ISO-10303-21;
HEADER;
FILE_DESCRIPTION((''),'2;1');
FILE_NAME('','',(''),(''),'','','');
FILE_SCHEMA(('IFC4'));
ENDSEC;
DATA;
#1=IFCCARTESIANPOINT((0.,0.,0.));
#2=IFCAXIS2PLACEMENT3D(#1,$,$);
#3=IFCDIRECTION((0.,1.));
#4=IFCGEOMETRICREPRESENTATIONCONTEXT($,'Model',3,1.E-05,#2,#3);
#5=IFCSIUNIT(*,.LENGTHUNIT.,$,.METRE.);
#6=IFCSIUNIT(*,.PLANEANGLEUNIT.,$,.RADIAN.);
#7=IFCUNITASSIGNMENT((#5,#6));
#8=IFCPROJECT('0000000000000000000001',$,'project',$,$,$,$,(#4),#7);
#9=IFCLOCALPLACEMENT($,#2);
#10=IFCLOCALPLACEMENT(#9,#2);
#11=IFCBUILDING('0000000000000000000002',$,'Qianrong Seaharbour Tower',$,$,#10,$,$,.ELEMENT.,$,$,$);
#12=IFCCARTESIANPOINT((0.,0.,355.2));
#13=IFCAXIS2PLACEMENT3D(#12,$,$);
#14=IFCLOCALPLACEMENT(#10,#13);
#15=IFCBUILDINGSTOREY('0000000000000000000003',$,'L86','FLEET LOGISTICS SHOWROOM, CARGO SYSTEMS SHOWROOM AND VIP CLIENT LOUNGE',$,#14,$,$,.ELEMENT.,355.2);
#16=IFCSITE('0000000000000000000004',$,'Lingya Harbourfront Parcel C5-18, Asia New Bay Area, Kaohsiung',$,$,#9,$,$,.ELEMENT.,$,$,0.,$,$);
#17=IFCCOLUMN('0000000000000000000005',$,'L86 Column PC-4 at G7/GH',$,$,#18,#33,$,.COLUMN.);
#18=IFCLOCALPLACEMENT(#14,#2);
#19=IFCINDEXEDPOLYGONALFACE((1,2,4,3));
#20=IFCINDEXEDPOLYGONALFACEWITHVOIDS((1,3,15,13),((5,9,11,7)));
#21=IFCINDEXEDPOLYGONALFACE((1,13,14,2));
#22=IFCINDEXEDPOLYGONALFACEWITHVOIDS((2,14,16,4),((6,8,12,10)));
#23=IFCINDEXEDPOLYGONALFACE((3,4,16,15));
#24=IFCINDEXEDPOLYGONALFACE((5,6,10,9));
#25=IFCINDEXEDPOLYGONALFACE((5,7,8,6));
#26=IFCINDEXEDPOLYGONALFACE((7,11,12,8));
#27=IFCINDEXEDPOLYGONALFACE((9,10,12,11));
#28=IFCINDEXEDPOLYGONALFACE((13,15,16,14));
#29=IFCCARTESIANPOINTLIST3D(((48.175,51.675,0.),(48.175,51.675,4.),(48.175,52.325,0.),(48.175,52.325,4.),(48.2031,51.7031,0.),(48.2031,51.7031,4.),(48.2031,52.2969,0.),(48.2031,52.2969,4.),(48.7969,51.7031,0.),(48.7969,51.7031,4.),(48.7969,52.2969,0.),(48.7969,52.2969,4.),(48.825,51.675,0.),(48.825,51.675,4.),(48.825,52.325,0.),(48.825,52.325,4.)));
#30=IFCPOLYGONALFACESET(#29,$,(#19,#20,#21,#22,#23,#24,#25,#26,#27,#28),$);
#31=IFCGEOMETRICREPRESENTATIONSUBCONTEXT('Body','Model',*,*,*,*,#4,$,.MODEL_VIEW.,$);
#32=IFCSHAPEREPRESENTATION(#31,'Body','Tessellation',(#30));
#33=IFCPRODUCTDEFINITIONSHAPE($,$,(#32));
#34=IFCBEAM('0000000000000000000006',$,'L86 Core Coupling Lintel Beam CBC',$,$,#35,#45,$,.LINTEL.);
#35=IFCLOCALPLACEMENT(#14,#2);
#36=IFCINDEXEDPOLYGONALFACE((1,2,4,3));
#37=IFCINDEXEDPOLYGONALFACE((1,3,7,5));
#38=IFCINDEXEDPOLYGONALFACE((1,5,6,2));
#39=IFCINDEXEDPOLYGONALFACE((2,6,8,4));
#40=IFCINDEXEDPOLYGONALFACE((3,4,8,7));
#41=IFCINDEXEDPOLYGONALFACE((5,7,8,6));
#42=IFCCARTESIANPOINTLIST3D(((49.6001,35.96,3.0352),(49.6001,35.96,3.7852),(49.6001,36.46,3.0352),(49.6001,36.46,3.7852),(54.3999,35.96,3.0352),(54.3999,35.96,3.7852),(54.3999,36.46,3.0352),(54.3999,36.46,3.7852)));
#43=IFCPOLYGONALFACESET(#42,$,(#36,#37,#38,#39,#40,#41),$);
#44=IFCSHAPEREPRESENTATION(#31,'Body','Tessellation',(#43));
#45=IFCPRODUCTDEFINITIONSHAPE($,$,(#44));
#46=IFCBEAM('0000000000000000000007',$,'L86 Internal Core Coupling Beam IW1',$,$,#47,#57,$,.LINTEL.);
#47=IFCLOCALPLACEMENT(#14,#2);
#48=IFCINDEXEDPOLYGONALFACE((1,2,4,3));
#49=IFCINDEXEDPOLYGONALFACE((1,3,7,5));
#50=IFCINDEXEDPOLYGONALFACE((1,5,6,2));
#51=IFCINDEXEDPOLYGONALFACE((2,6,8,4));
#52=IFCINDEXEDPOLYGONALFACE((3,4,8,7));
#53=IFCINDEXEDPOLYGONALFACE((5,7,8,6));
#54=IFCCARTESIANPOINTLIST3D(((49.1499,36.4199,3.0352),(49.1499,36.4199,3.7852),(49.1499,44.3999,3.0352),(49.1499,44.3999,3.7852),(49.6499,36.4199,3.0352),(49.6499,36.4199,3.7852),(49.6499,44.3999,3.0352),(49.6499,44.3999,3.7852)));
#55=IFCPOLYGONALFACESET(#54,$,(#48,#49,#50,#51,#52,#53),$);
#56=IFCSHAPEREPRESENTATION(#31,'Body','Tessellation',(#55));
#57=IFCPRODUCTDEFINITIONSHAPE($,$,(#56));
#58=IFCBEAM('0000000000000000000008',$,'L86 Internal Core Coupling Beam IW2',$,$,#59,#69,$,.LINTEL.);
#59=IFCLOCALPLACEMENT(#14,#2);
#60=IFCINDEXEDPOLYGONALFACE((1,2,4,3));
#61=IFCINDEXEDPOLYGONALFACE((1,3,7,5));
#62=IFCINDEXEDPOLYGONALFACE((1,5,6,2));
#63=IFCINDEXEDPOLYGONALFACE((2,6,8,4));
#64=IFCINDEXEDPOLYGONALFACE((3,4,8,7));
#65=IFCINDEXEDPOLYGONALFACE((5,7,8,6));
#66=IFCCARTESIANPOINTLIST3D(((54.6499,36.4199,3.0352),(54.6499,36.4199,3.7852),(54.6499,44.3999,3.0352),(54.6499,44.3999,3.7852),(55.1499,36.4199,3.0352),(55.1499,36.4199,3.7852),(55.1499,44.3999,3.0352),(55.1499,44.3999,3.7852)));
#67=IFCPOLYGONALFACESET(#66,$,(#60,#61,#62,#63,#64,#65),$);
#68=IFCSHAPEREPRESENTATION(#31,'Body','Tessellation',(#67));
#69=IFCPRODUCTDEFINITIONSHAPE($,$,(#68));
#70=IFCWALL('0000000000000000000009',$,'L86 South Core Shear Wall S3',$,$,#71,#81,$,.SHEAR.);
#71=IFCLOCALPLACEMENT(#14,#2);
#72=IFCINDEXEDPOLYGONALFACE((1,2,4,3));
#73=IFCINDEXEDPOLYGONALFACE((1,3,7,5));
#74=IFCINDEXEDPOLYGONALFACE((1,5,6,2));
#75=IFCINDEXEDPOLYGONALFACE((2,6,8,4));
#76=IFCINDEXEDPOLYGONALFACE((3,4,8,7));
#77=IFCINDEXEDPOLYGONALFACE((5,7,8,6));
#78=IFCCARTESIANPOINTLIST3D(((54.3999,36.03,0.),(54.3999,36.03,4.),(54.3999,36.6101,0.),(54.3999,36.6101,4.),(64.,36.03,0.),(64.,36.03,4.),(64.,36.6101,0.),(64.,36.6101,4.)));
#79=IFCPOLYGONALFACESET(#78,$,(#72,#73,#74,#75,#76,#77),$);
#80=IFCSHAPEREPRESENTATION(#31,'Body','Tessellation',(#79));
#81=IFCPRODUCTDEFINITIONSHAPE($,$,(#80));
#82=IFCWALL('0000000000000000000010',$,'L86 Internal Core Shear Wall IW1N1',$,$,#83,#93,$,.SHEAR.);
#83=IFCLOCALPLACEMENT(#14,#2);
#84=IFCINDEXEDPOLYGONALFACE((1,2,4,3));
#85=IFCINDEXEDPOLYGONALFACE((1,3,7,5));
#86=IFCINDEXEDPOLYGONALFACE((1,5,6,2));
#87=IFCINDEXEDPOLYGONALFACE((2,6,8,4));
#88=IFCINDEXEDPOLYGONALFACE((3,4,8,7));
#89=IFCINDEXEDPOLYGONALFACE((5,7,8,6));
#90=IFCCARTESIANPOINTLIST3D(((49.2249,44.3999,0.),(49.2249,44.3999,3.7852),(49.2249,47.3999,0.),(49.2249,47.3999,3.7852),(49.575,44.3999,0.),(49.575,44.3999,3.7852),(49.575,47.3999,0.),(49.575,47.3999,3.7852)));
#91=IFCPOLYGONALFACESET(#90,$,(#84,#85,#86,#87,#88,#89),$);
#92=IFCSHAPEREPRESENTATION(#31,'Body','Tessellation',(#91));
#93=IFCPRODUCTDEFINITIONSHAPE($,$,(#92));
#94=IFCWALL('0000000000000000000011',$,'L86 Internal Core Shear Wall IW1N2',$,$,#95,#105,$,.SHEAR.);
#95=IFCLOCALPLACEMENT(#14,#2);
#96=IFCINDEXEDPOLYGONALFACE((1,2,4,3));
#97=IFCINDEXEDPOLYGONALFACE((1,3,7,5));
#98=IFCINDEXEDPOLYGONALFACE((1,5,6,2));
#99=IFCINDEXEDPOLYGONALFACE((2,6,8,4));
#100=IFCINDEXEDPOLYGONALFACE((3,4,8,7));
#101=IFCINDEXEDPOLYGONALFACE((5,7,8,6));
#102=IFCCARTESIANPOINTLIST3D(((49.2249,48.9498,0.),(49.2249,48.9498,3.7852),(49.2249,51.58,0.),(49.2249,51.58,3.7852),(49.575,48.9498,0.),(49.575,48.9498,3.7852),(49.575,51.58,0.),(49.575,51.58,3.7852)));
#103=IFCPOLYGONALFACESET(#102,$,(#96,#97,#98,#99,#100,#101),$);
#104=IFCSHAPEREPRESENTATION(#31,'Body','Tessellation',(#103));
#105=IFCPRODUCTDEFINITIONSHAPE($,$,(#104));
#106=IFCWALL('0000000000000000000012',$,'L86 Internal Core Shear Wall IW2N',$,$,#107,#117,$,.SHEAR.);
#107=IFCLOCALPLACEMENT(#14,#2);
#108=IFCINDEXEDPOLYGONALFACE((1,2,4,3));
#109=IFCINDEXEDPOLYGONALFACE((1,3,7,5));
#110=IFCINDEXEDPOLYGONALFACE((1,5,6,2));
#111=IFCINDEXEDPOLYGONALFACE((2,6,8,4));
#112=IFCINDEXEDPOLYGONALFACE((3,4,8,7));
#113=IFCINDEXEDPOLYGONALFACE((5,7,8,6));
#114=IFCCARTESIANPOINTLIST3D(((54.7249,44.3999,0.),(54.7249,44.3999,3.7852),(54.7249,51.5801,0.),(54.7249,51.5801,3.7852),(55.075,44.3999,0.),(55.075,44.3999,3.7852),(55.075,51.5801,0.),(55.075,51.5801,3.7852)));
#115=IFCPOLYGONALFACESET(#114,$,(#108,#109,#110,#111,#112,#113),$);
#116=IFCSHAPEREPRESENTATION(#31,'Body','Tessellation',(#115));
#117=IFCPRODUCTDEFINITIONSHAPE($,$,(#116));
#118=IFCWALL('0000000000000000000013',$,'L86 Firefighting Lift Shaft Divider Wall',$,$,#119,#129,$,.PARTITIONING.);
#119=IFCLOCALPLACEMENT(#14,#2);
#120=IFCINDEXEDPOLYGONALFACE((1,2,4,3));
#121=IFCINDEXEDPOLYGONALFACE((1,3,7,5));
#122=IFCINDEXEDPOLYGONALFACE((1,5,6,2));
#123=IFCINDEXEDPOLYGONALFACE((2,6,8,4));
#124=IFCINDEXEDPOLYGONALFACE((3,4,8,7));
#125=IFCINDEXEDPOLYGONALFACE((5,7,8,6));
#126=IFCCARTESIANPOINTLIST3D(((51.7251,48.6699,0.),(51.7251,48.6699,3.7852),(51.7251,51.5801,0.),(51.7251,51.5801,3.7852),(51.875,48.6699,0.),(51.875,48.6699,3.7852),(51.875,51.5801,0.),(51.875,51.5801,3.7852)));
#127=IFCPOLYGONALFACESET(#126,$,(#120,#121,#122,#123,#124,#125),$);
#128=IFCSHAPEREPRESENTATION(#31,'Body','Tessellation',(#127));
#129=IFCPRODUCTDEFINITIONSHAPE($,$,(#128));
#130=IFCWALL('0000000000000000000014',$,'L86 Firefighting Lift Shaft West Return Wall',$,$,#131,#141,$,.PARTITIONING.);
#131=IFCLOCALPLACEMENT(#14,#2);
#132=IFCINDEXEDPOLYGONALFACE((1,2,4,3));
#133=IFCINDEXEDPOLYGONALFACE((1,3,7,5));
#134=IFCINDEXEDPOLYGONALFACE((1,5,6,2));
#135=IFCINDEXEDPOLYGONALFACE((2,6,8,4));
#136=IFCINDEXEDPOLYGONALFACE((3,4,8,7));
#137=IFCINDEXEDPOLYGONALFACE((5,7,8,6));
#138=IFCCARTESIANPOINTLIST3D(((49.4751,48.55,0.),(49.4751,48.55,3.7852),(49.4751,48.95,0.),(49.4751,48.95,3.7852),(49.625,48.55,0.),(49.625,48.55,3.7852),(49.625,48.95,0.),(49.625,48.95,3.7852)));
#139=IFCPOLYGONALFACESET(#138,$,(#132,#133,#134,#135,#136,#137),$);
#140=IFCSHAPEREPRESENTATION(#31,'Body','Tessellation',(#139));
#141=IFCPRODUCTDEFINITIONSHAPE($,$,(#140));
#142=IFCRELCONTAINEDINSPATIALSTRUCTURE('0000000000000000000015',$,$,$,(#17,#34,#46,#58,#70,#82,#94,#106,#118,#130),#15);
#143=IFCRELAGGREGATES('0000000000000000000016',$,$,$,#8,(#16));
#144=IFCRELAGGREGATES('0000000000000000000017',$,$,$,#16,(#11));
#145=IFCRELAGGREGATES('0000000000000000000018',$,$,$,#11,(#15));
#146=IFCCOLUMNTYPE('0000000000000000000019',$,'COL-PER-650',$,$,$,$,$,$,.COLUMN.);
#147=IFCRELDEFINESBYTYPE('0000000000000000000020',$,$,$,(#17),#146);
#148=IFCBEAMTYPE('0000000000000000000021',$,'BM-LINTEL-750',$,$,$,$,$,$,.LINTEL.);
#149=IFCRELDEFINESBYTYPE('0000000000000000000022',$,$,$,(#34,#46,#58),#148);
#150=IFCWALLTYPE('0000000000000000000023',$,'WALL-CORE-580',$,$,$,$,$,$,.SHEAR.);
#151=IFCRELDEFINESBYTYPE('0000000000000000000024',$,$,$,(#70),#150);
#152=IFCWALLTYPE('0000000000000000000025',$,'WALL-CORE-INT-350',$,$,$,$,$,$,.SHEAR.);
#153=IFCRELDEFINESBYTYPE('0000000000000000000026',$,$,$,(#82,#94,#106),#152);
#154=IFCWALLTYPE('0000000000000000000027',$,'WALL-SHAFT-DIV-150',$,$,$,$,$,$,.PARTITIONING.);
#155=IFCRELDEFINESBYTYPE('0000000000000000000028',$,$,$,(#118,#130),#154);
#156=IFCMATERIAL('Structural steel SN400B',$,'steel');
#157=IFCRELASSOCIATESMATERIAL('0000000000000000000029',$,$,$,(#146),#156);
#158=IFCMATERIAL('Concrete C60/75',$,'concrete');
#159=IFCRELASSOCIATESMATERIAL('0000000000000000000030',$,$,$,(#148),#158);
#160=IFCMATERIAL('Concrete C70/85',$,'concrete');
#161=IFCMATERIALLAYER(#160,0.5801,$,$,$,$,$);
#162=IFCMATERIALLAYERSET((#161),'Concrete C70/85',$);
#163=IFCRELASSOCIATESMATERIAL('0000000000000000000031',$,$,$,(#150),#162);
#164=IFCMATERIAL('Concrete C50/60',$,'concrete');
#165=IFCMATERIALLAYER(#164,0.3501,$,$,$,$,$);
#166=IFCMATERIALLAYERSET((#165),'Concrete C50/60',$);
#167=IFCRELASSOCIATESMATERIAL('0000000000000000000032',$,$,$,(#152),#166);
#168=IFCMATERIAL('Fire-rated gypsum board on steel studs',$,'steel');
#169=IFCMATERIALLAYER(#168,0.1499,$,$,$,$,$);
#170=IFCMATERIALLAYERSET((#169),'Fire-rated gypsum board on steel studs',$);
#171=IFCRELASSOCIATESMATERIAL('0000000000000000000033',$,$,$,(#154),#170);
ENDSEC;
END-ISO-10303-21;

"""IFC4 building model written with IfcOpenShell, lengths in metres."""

from ifc_helpers import new_model, si_unit, direction, frame, frame_2d, origin, origin_2d, place, context, subcontext, project, spatial, rectangle, hollow_rectangle, extrude, material, layer, layer_set, material_profile, profile_set, type_object, element, save


model = new_model("IFC4")

# Units and contexts
model_context = context("Model", 3, precision=1e-05, world=origin(), true_north=direction((0.0, 1.0)))
body_context = subcontext(model_context, "Body", "Model", "MODEL_VIEW")
ifc_project = project(units=[si_unit("LENGTHUNIT", "METRE"), si_unit("PLANEANGLEUNIT", "RADIAN")], contexts=[model_context])

# Site, building, storey
site_placement = place(None, origin())
site = spatial("IfcSite", under=ifc_project, at=site_placement, Name="Lingya Harbourfront Parcel C5-18, Asia New Bay Area, Kaohsiung", CompositionType="ELEMENT", RefElevation=0.0)
building_placement = place(site_placement, origin())
building = spatial("IfcBuilding", under=site, at=building_placement, Name="Qianrong Seaharbour Tower", CompositionType="ELEMENT")
storey_placement = place(building_placement, frame((0.0, 0.0, 355.2)))
storey = spatial("IfcBuildingStorey", under=building, at=storey_placement, Name="L86", Description="FLEET LOGISTICS SHOWROOM, CARGO SYSTEMS SHOWROOM AND VIP CLIENT LOUNGE", CompositionType="ELEMENT", Elevation=355.2)

# Column
ifc_material_1 = material(Name="Structural steel SN400B", Category="steel")
ifc_material_profile_1 = material_profile(ifc_material_1, hollow_rectangle(XDim=0.6499, YDim=0.6499, WallThickness=0.0281, at=origin_2d()), Name="BOX650x650x28")
ifc_profile_set_1 = profile_set([ifc_material_profile_1], Name="Structural steel SN400B")
column_type = type_object("IfcColumnType", Name="COL-PER-650", PredefinedType="COLUMN", material=ifc_profile_set_1)
column_placement = place(storey_placement, frame((48.5, 52.0, 0.0), z_axis=(0.0, 0.0, 1.0), x_axis=(1.0, 0.0, 0.0)))
element("IfcColumn", 1, at=column_placement, inside=storey, type_object=column_type, Name="L86 Column PC-4 at G7/GH", PredefinedType="COLUMN", context=body_context, shape_type="SweptSolid", body=[
    extrude(hollow_rectangle(XDim=0.6499, YDim=0.6499, WallThickness=0.0281, at=origin_2d()), origin(), (0.0, 0.0, 1.0), 4.0),
])

# Beams
ifc_material_2 = material(Name="Concrete C60/75", Category="concrete")
ifc_material_profile_2 = material_profile(ifc_material_2, rectangle(XDim=0.5, YDim=0.75, at=origin_2d()), Name="RC500x750")
ifc_profile_set_2 = profile_set([ifc_material_profile_2], Name="Concrete C60/75")
beam_type = type_object("IfcBeamType", Name="BM-LINTEL-750", PredefinedType="LINTEL", material=ifc_profile_set_2)
beam_placement = place(storey_placement, frame((49.6001, 36.21, 3.4102), z_axis=(1.0, 0.0, 0.0), x_axis=(0.0, 1.0, 0.0)))
element("IfcBeam", 2, at=beam_placement, inside=storey, type_object=beam_type, Name="L86 Core Coupling Lintel Beam CBC", PredefinedType="LINTEL", context=body_context, shape_type="SweptSolid", body=[
    extrude(rectangle(XDim=0.5, YDim=0.75, at=origin_2d()), origin(), (0.0, 0.0, 1.0), 4.7998),
])
for number, where, z_axis, x_axis, name in (
    (3, (49.3999, 36.4199, 3.4102), (0.0, 1.0, 0.0), (-1.0, 0.0, 0.0), "L86 Internal Core Coupling Beam IW1"),
    (4, (54.8999, 36.4199, 3.4102), (0.0, 1.0, 0.0), (-1.0, 0.0, 0.0), "L86 Internal Core Coupling Beam IW2"),
):
    element("IfcBeam", number, at=place(storey_placement, frame(where, z_axis=z_axis, x_axis=x_axis)), inside=storey, type_object=beam_type, Name=name, PredefinedType="LINTEL", context=body_context, shape_type="SweptSolid", body=[
        extrude(rectangle(XDim=0.5, YDim=0.75, at=origin_2d()), origin(), (0.0, 0.0, 1.0), 7.98),
    ])

# Walls
ifc_material_3 = material(Name="Concrete C70/85", Category="concrete")
ifc_layer_1 = layer(ifc_material_3, 0.5801)
ifc_layer_set_1 = layer_set([ifc_layer_1], Name="Concrete C70/85")
wall_type_1 = type_object("IfcWallType", Name="WALL-CORE-580", PredefinedType="SHEAR", material=ifc_layer_set_1)
wall_1_placement = place(storey_placement, frame((54.3999, 36.3201, 0.0), z_axis=(0.0, 0.0, 1.0), x_axis=(1.0, 0.0, 0.0)))
element("IfcWall", 5, at=wall_1_placement, inside=storey, type_object=wall_type_1, Name="L86 South Core Shear Wall S3", PredefinedType="SHEAR", context=body_context, shape_type="SweptSolid", body=[
    extrude(rectangle(XDim=9.6001, YDim=0.5801, at=frame_2d((4.8, 0.0))), origin(), (0.0, 0.0, 1.0), 4.0),
])
ifc_material_4 = material(Name="Concrete C50/60", Category="concrete")
ifc_layer_2 = layer(ifc_material_4, 0.3501)
ifc_layer_set_2 = layer_set([ifc_layer_2], Name="Concrete C50/60")
wall_type_2 = type_object("IfcWallType", Name="WALL-CORE-INT-350", PredefinedType="SHEAR", material=ifc_layer_set_2)
wall_2_placement = place(storey_placement, frame((49.3999, 44.3999, 0.0), z_axis=(0.0, 0.0, 1.0), x_axis=(0.0, 1.0, 0.0)))
element("IfcWall", 6, at=wall_2_placement, inside=storey, type_object=wall_type_2, Name="L86 Internal Core Shear Wall IW1N1", PredefinedType="SHEAR", context=body_context, shape_type="SweptSolid", body=[
    extrude(rectangle(XDim=3.0, YDim=0.3501, at=frame_2d((1.5, 0.0))), origin(), (0.0, 0.0, 1.0), 3.7852),
])
wall_3_placement = place(storey_placement, frame((49.3999, 48.95, 0.0), z_axis=(0.0, 0.0, 1.0), x_axis=(0.0, 1.0, 0.0)))
element("IfcWall", 7, at=wall_3_placement, inside=storey, type_object=wall_type_2, Name="L86 Internal Core Shear Wall IW1N2", PredefinedType="SHEAR", context=body_context, shape_type="SweptSolid", body=[
    extrude(rectangle(XDim=2.6301, YDim=0.3501, at=frame_2d((1.3149, 0.0))), origin(), (0.0, 0.0, 1.0), 3.7852),
])
wall_4_placement = place(storey_placement, frame((54.8999, 44.3999, 0.0), z_axis=(0.0, 0.0, 1.0), x_axis=(0.0, 1.0, 0.0)))
element("IfcWall", 8, at=wall_4_placement, inside=storey, type_object=wall_type_2, Name="L86 Internal Core Shear Wall IW2N", PredefinedType="SHEAR", context=body_context, shape_type="SweptSolid", body=[
    extrude(rectangle(XDim=7.1802, YDim=0.3501, at=frame_2d((3.5901, 0.0))), origin(), (0.0, 0.0, 1.0), 3.7852),
])

# Walls
ifc_material_5 = material(Name="Fire-rated gypsum board on steel studs", Category="steel")
ifc_layer_3 = layer(ifc_material_5, 0.1499)
ifc_layer_set_3 = layer_set([ifc_layer_3], Name="Fire-rated gypsum board on steel studs")
wall_type_3 = type_object("IfcWallType", Name="WALL-SHAFT-DIV-150", PredefinedType="PARTITIONING", material=ifc_layer_set_3)
wall_5_placement = place(storey_placement, frame((51.8, 48.6699, 0.0), z_axis=(0.0, 0.0, 1.0), x_axis=(0.0, 1.0, 0.0)))
element("IfcWall", 9, at=wall_5_placement, inside=storey, type_object=wall_type_3, Name="L86 Firefighting Lift Shaft Divider Wall", PredefinedType="PARTITIONING", context=body_context, shape_type="SweptSolid", body=[
    extrude(rectangle(XDim=2.9102, YDim=0.1499, at=frame_2d((1.4551, 0.0))), origin(), (0.0, 0.0, 1.0), 3.7852),
])
wall_6_placement = place(storey_placement, frame((49.55, 48.55, 0.0), z_axis=(0.0, 0.0, 1.0), x_axis=(0.0, 1.0, 0.0)))
element("IfcWall", 10, at=wall_6_placement, inside=storey, type_object=wall_type_3, Name="L86 Firefighting Lift Shaft West Return Wall", PredefinedType="PARTITIONING", context=body_context, shape_type="SweptSolid", body=[
    extrude(rectangle(XDim=0.3999, YDim=0.1499, at=frame_2d((0.2, 0.0))), origin(), (0.0, 0.0, 1.0), 3.7852),
])

save(model, "model.ifc")
